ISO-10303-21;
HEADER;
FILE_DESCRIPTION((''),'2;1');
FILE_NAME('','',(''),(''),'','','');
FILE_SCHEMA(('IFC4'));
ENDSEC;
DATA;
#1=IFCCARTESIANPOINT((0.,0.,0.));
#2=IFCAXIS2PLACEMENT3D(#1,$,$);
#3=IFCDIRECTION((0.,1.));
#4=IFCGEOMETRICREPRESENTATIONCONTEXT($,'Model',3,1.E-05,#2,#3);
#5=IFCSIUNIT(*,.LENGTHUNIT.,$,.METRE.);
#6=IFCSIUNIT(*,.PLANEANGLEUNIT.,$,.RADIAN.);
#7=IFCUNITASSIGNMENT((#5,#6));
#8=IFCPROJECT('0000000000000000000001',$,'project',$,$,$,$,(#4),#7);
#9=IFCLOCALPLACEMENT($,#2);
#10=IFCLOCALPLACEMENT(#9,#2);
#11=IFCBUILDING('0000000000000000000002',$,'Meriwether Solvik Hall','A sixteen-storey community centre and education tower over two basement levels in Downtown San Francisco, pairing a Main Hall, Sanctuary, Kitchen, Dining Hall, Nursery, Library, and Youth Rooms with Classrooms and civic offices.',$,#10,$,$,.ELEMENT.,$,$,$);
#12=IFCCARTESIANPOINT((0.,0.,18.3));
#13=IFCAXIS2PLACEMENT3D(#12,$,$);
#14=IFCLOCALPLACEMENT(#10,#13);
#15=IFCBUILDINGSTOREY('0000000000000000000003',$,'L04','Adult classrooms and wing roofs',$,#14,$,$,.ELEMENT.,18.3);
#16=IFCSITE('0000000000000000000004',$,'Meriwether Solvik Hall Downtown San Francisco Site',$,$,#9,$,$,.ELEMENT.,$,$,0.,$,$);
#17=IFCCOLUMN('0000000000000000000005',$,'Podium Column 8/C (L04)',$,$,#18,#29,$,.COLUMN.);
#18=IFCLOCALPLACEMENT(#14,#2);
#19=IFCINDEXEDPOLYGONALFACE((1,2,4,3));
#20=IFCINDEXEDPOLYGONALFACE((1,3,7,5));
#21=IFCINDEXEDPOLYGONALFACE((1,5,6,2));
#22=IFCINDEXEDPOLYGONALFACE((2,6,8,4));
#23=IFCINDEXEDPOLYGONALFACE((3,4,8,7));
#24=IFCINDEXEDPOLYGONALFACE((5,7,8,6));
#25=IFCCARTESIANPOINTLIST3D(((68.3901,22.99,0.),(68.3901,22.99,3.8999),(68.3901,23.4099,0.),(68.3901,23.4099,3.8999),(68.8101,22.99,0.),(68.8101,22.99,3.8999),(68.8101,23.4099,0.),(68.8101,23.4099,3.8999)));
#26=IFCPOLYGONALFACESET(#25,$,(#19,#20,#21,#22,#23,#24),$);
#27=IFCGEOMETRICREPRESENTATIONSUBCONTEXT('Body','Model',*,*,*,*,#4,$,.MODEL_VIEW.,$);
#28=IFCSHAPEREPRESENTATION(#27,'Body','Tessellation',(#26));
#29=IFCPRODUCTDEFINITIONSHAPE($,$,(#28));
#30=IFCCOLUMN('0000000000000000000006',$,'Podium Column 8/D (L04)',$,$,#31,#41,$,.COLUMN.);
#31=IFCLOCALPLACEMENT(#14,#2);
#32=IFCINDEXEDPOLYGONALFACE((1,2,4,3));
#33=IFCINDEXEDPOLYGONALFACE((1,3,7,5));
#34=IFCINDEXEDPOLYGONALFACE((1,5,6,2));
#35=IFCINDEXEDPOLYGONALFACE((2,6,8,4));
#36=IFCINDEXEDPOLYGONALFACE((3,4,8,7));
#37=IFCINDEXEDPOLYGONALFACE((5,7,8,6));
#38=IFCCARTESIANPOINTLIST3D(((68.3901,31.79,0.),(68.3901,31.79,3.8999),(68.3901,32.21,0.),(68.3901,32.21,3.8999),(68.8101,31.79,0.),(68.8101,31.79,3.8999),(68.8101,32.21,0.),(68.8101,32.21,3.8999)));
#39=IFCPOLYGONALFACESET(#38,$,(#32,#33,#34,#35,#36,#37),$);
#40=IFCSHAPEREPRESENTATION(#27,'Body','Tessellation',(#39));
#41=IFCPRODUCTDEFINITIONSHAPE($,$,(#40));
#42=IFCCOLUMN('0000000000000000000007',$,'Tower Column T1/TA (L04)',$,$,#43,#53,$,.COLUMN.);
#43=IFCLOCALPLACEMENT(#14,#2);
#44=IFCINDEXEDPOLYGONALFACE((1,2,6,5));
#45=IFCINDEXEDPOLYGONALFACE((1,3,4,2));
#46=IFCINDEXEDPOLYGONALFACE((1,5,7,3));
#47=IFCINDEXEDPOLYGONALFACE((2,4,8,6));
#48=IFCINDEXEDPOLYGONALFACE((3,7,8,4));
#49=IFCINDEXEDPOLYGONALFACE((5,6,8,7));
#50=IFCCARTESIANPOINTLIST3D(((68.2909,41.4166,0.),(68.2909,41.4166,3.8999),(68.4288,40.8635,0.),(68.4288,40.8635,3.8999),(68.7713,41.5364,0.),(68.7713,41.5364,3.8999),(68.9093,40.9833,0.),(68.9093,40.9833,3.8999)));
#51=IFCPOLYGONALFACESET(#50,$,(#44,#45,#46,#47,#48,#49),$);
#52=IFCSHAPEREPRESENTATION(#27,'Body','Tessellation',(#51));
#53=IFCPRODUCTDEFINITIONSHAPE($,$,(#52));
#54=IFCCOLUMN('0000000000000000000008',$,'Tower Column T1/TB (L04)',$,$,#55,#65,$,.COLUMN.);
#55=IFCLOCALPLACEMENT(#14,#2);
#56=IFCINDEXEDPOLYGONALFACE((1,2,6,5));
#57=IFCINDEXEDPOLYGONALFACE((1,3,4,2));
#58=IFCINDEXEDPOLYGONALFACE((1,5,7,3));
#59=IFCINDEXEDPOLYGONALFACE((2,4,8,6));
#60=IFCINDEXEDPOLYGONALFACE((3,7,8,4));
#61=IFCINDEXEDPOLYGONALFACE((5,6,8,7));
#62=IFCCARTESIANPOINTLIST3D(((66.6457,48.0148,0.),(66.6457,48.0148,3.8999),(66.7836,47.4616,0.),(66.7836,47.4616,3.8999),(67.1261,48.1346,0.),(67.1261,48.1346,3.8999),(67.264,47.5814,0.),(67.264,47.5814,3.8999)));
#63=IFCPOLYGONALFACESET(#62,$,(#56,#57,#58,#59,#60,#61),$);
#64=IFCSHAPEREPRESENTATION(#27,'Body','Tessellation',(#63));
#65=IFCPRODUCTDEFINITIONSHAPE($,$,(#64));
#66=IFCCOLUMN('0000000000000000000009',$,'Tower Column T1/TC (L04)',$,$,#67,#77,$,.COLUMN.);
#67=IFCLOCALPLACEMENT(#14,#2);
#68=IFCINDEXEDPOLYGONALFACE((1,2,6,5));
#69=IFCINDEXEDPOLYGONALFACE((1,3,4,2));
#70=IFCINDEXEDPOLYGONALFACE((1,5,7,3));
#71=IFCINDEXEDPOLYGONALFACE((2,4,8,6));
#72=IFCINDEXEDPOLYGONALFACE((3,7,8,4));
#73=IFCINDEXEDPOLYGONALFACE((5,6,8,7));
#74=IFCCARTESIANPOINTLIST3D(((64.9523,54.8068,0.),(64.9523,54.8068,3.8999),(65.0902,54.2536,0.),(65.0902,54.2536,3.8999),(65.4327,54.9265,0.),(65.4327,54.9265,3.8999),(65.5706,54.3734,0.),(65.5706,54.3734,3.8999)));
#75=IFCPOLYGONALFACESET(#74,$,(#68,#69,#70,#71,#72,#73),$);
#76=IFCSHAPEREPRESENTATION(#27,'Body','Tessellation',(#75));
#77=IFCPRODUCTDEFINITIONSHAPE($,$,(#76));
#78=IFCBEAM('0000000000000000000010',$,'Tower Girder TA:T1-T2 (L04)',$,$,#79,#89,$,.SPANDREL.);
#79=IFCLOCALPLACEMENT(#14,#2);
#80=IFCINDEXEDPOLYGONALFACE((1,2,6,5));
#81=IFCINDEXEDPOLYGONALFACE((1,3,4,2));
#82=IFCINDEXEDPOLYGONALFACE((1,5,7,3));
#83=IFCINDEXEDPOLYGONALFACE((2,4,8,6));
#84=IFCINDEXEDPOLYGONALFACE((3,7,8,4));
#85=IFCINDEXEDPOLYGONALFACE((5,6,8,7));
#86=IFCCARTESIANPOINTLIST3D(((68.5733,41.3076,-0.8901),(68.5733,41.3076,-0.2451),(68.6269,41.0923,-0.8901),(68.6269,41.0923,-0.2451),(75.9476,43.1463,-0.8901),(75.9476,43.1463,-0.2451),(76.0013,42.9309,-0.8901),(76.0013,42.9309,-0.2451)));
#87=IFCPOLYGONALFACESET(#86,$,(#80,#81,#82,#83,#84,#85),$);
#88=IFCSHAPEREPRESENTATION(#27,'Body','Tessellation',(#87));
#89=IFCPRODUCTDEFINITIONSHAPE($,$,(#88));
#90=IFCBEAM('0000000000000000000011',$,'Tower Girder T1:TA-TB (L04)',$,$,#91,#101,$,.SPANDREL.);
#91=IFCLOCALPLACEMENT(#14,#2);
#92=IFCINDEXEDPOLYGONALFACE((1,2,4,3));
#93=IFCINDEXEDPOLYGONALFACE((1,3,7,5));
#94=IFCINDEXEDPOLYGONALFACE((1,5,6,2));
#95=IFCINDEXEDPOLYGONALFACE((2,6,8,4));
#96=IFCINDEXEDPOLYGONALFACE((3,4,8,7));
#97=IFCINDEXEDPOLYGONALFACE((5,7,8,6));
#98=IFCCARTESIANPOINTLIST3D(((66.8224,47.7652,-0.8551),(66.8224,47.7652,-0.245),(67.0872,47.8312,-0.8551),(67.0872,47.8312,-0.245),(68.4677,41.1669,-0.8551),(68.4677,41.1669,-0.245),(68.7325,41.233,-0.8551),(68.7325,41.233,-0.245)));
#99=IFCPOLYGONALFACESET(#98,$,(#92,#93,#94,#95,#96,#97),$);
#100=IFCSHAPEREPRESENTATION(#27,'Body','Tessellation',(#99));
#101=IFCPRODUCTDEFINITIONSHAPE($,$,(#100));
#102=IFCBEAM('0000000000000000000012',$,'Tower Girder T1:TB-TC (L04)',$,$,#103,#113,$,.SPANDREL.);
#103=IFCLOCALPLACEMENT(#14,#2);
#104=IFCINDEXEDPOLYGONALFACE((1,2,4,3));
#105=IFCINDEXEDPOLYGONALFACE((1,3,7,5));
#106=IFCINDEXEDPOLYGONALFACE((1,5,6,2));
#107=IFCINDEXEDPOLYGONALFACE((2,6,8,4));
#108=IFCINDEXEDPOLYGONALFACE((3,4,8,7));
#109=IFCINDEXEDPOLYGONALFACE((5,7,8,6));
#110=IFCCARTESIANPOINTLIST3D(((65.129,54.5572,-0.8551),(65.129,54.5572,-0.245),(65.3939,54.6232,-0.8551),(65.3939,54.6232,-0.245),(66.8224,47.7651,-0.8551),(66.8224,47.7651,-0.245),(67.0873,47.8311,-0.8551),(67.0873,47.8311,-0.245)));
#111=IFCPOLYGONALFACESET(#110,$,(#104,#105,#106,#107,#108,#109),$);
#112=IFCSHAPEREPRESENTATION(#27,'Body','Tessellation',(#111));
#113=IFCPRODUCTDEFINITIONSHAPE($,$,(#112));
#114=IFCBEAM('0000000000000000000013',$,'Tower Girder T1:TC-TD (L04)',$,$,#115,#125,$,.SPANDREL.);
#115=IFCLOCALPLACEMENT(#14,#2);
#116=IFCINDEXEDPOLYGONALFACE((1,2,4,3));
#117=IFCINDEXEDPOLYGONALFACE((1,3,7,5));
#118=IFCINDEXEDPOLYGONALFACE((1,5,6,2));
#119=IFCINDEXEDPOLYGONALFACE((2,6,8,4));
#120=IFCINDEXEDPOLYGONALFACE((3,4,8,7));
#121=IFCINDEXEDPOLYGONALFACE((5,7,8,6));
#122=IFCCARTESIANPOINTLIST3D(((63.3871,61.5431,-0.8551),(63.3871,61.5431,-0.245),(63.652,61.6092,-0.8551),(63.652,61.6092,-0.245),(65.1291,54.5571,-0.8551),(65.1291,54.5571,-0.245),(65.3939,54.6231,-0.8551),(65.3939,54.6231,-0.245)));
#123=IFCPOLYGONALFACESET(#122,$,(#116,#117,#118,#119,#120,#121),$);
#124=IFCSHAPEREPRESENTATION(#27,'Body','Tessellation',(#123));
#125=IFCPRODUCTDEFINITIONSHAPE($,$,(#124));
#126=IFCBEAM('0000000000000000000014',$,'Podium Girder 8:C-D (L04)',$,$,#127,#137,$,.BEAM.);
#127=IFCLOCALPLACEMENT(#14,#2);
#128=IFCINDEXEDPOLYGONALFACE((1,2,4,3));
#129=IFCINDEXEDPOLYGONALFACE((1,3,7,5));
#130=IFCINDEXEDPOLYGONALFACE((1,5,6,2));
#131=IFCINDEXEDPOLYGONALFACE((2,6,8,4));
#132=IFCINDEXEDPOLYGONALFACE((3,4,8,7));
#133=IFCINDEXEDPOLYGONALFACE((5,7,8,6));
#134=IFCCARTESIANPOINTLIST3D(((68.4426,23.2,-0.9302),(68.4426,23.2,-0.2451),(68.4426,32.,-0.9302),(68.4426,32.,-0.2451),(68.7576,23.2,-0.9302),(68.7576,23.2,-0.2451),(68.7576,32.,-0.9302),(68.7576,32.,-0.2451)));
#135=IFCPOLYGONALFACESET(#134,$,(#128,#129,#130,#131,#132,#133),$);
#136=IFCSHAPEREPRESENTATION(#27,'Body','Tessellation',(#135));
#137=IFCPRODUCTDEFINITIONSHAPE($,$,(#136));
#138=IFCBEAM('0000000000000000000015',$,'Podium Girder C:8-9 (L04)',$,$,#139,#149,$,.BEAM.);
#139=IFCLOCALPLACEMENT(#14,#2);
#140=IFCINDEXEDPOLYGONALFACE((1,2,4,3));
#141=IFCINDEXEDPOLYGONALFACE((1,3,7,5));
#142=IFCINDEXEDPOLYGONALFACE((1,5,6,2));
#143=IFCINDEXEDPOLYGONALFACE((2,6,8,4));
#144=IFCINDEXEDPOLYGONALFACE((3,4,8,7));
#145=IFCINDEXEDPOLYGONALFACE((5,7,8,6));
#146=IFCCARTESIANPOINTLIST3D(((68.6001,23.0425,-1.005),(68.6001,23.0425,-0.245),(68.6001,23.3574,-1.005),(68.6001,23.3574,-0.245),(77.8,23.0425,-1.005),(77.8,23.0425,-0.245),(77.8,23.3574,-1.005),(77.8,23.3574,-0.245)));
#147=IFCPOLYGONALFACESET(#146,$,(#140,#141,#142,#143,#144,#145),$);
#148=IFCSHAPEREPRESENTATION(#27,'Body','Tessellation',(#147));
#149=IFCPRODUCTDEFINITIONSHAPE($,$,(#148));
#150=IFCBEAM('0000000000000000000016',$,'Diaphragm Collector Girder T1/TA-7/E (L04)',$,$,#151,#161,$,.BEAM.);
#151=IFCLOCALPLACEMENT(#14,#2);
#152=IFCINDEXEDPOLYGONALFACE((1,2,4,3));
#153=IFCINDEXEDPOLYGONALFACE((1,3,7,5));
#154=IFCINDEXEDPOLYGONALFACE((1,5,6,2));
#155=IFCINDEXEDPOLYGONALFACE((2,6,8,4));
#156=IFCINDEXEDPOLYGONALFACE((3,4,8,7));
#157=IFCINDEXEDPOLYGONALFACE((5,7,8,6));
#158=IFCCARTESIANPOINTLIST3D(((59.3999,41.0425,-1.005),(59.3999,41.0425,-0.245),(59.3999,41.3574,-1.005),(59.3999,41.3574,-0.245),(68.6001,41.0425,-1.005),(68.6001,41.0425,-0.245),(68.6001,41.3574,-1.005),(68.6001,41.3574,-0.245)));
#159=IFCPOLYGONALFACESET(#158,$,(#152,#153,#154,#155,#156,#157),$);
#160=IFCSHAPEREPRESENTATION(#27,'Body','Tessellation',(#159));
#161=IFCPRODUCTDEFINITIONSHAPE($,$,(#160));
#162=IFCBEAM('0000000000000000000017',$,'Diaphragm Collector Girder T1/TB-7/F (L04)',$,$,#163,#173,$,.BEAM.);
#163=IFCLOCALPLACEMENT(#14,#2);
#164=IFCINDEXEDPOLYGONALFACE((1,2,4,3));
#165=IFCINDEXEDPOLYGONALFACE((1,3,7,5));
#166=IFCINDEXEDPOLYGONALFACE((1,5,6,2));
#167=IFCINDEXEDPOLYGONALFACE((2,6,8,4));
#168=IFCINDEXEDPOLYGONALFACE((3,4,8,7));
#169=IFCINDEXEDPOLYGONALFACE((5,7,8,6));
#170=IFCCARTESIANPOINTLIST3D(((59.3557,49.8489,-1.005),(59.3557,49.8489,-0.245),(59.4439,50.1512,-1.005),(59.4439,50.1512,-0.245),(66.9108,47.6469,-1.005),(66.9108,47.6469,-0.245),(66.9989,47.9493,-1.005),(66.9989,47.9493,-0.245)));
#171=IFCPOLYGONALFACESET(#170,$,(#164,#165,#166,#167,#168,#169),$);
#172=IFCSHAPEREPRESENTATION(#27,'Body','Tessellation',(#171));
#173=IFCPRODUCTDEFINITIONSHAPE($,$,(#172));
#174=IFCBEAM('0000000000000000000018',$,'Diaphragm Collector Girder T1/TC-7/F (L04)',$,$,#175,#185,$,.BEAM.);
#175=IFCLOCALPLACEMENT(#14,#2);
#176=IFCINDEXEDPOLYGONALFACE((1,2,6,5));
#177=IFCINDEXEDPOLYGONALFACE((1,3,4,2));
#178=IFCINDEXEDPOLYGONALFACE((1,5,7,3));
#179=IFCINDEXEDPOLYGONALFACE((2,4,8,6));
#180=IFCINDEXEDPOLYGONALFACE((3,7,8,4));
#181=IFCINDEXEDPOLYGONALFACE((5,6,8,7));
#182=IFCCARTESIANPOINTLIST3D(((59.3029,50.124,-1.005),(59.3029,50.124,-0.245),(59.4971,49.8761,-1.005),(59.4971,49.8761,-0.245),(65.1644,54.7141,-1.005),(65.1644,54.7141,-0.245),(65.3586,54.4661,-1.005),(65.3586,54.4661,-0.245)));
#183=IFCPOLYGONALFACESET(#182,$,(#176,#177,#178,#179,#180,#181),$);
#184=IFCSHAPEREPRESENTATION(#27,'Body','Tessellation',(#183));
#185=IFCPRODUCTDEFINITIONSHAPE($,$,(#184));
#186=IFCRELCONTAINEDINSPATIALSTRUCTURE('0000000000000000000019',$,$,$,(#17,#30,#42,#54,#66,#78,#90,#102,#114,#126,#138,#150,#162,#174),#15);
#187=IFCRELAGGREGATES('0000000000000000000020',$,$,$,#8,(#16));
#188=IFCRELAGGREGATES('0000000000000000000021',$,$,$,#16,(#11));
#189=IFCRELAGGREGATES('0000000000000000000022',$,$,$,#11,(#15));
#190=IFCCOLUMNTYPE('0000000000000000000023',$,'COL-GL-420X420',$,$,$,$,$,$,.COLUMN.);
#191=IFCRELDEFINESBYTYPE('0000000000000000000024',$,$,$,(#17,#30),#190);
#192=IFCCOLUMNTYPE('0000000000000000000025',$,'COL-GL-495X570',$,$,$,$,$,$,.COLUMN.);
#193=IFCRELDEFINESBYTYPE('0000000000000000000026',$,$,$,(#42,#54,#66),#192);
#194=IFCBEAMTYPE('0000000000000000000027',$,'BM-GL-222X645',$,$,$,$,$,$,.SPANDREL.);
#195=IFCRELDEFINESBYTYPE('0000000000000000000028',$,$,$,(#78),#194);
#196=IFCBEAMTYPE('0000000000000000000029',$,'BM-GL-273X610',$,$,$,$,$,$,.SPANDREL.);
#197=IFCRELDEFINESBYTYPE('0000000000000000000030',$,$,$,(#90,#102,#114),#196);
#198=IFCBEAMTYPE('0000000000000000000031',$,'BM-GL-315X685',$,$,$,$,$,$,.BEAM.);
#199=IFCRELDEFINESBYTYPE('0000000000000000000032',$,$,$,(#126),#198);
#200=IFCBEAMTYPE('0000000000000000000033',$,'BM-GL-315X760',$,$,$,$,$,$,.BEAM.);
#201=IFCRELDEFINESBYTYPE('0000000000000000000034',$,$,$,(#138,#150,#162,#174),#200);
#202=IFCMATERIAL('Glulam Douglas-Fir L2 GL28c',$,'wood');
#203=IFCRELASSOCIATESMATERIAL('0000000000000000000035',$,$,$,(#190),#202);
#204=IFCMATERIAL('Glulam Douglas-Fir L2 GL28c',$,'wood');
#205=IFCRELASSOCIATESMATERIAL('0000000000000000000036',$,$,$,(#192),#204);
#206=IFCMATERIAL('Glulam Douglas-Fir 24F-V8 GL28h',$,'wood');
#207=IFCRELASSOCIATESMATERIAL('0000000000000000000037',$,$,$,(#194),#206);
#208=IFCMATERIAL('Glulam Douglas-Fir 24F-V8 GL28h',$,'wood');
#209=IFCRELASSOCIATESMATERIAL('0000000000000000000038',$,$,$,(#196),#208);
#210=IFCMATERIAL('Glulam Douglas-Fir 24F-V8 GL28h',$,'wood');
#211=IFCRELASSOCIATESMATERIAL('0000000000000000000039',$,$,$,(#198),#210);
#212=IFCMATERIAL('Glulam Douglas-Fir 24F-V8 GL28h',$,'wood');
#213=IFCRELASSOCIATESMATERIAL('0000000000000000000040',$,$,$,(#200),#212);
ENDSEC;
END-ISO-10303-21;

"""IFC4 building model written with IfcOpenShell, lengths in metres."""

from ifc_helpers import new_model, si_unit, direction, frame, origin, origin_2d, place, context, subcontext, project, spatial, rectangle, extrude, material, material_profile, profile_set, type_object, element, save


model = new_model("IFC4")

# Units and contexts
model_context = context("Model", 3, precision=1e-05, world=origin(), true_north=direction((0.0, 1.0)))
body_context = subcontext(model_context, "Body", "Model", "MODEL_VIEW")
ifc_project = project(units=[si_unit("LENGTHUNIT", "METRE"), si_unit("PLANEANGLEUNIT", "RADIAN")], contexts=[model_context])

# Site, building, storey
site_placement = place(None, origin())
site = spatial("IfcSite", under=ifc_project, at=site_placement, Name="Meriwether Solvik Hall Downtown San Francisco Site", CompositionType="ELEMENT", RefElevation=0.0)
building_placement = place(site_placement, origin())
building = spatial("IfcBuilding", under=site, at=building_placement, Name="Meriwether Solvik Hall", Description="A sixteen-storey community centre and education tower over two basement levels in Downtown San Francisco, pairing a Main Hall, Sanctuary, Kitchen, Dining Hall, Nursery, Library, and Youth Rooms with Classrooms and civic offices.", CompositionType="ELEMENT")
storey_placement = place(building_placement, frame((0.0, 0.0, 18.3)))
storey = spatial("IfcBuildingStorey", under=building, at=storey_placement, Name="L04", Description="Adult classrooms and wing roofs", CompositionType="ELEMENT", Elevation=18.3)

# Columns
ifc_material_1 = material(Name="Glulam Douglas-Fir L2 GL28c", Category="wood")
ifc_material_profile_1 = material_profile(ifc_material_1, rectangle(XDim=0.4199, YDim=0.4199, at=origin_2d()), Name="GLC-420X420")
ifc_profile_set_1 = profile_set([ifc_material_profile_1], Name="Glulam Douglas-Fir L2 GL28c")
column_type_1 = type_object("IfcColumnType", Name="COL-GL-420X420", PredefinedType="COLUMN", material=ifc_profile_set_1)
for number, where, z_axis, x_axis, name in (
    (1, (68.6001, 23.2, 0.0), (0.0, 0.0, 1.0), (1.0, 0.0, 0.0), "Podium Column 8/C (L04)"),
    (2, (68.6001, 32.0, 0.0), (0.0, 0.0, 1.0), (1.0, 0.0, 0.0), "Podium Column 8/D (L04)"),
):
    element("IfcColumn", number, at=place(storey_placement, frame(where, z_axis=z_axis, x_axis=x_axis)), inside=storey, type_object=column_type_1, Name=name, PredefinedType="COLUMN", context=body_context, shape_type="SweptSolid", body=[
        extrude(rectangle(XDim=0.4199, YDim=0.4199, at=origin_2d()), origin(), (0.0, 0.0, 1.0), 3.8999),
    ])
ifc_material_2 = material(Name="Glulam Douglas-Fir L2 GL28c", Category="wood")
ifc_material_profile_2 = material_profile(ifc_material_2, rectangle(XDim=0.4951, YDim=0.5701, at=origin_2d()), Name="GLC-495X570")
ifc_profile_set_2 = profile_set([ifc_material_profile_2], Name="Glulam Douglas-Fir L2 GL28c")
column_type_2 = type_object("IfcColumnType", Name="COL-GL-495X570", PredefinedType="COLUMN", material=ifc_profile_set_2)
for number, where, z_axis, x_axis, name in (
    (3, (68.6001, 41.2, 0.0), (0.0, 0.0, 1.0), (0.970296, 0.241922, 0.0), "Tower Column T1/TA (L04)"),
    (4, (66.9548, 47.7981, 0.0), (0.0, 0.0, 1.0), (0.970296, 0.241922, 0.0), "Tower Column T1/TB (L04)"),
    (5, (65.2615, 54.5901, 0.0), (0.0, 0.0, 1.0), (0.970296, 0.241922, 0.0), "Tower Column T1/TC (L04)"),
):
    element("IfcColumn", number, at=place(storey_placement, frame(where, z_axis=z_axis, x_axis=x_axis)), inside=storey, type_object=column_type_2, Name=name, PredefinedType="COLUMN", context=body_context, shape_type="SweptSolid", body=[
        extrude(rectangle(XDim=0.4951, YDim=0.5701, at=origin_2d()), origin(), (0.0, 0.0, 1.0), 3.8999),
    ])

# Beams
ifc_material_3 = material(Name="Glulam Douglas-Fir 24F-V8 GL28h", Category="wood")
ifc_material_profile_3 = material_profile(ifc_material_3, rectangle(XDim=0.2219, YDim=0.645, at=origin_2d()), Name="GLB-222X645")
ifc_profile_set_3 = profile_set([ifc_material_profile_3], Name="Glulam Douglas-Fir 24F-V8 GL28h")
beam_type_1 = type_object("IfcBeamType", Name="BM-GL-222X645", PredefinedType="SPANDREL", material=ifc_profile_set_3)
beam_1_placement = place(storey_placement, frame((68.6001, 41.2, -0.5676), z_axis=(0.970295, 0.241923, 0.0), x_axis=(-0.241923, 0.970295, 0.0)))
element("IfcBeam", 6, at=beam_1_placement, inside=storey, type_object=beam_type_1, Name="Tower Girder TA:T1-T2 (L04)", PredefinedType="SPANDREL", context=body_context, shape_type="SweptSolid", body=[
    extrude(rectangle(XDim=0.2219, YDim=0.645, at=origin_2d()), origin(), (0.0, 0.0, 1.0), 7.6001),
])
ifc_material_4 = material(Name="Glulam Douglas-Fir 24F-V8 GL28h", Category="wood")
ifc_material_profile_4 = material_profile(ifc_material_4, rectangle(XDim=0.2729, YDim=0.6101, at=origin_2d()), Name="GLB-273X610")
ifc_profile_set_4 = profile_set([ifc_material_profile_4], Name="Glulam Douglas-Fir 24F-V8 GL28h")
beam_type_2 = type_object("IfcBeamType", Name="BM-GL-273X610", PredefinedType="SPANDREL", material=ifc_profile_set_4)
beam_2_placement = place(storey_placement, frame((68.6001, 41.2, -0.55), z_axis=(-0.241944, 0.97029, 0.0), x_axis=(-0.97029, -0.241944, 0.0)))
element("IfcBeam", 7, at=beam_2_placement, inside=storey, type_object=beam_type_2, Name="Tower Girder T1:TA-TB (L04)", PredefinedType="SPANDREL", context=body_context, shape_type="SweptSolid", body=[
    extrude(rectangle(XDim=0.2729, YDim=0.6101, at=origin_2d()), origin(), (0.0, 0.0, 1.0), 6.8003),
])
beam_3_placement = place(storey_placement, frame((66.9548, 47.7981, -0.55), z_axis=(-0.241912, 0.970298, 0.0), x_axis=(-0.970298, -0.241912, 0.0)))
element("IfcBeam", 8, at=beam_3_placement, inside=storey, type_object=beam_type_2, Name="Tower Girder T1:TB-TC (L04)", PredefinedType="SPANDREL", context=body_context, shape_type="SweptSolid", body=[
    extrude(rectangle(XDim=0.2729, YDim=0.6101, at=origin_2d()), origin(), (0.0, 0.0, 1.0), 7.0),
])
beam_4_placement = place(storey_placement, frame((65.2615, 54.5901, -0.55), z_axis=(-0.241937, 0.970292, 0.0), x_axis=(-0.970292, -0.241937, 0.0)))
element("IfcBeam", 9, at=beam_4_placement, inside=storey, type_object=beam_type_2, Name="Tower Girder T1:TC-TD (L04)", PredefinedType="SPANDREL", context=body_context, shape_type="SweptSolid", body=[
    extrude(rectangle(XDim=0.2729, YDim=0.6101, at=origin_2d()), origin(), (0.0, 0.0, 1.0), 7.2),
])
ifc_material_5 = material(Name="Glulam Douglas-Fir 24F-V8 GL28h", Category="wood")
ifc_material_profile_5 = material_profile(ifc_material_5, rectangle(XDim=0.3149, YDim=0.6851, at=origin_2d()), Name="GLB-315X685")
ifc_profile_set_5 = profile_set([ifc_material_profile_5], Name="Glulam Douglas-Fir 24F-V8 GL28h")
beam_type_3 = type_object("IfcBeamType", Name="BM-GL-315X685", PredefinedType="BEAM", material=ifc_profile_set_5)
beam_5_placement = place(storey_placement, frame((68.6001, 23.2, -0.5876), z_axis=(0.0, 1.0, 0.0), x_axis=(-1.0, 0.0, 0.0)))
element("IfcBeam", 10, at=beam_5_placement, inside=storey, type_object=beam_type_3, Name="Podium Girder 8:C-D (L04)", PredefinedType="BEAM", context=body_context, shape_type="SweptSolid", body=[
    extrude(rectangle(XDim=0.3149, YDim=0.6851, at=origin_2d()), origin(), (0.0, 0.0, 1.0), 8.8),
])
ifc_material_6 = material(Name="Glulam Douglas-Fir 24F-V8 GL28h", Category="wood")
ifc_material_profile_6 = material_profile(ifc_material_6, rectangle(XDim=0.3149, YDim=0.76, at=origin_2d()), Name="GLB-315X760")
ifc_profile_set_6 = profile_set([ifc_material_profile_6], Name="Glulam Douglas-Fir 24F-V8 GL28h")
beam_type_4 = type_object("IfcBeamType", Name="BM-GL-315X760", PredefinedType="BEAM", material=ifc_profile_set_6)
beam_6_placement = place(storey_placement, frame((68.6001, 23.2, -0.625), z_axis=(1.0, 0.0, 0.0), x_axis=(0.0, 1.0, 0.0)))
element("IfcBeam", 11, at=beam_6_placement, inside=storey, type_object=beam_type_4, Name="Podium Girder C:8-9 (L04)", PredefinedType="BEAM", context=body_context, shape_type="SweptSolid", body=[
    extrude(rectangle(XDim=0.3149, YDim=0.76, at=origin_2d()), origin(), (0.0, 0.0, 1.0), 9.2),
])
beam_7_placement = place(storey_placement, frame((68.6001, 41.2, -0.625), z_axis=(-1.0, 0.0, 0.0), x_axis=(0.0, -1.0, 0.0)))
element("IfcBeam", 12, at=beam_7_placement, inside=storey, type_object=beam_type_4, Name="Diaphragm Collector Girder T1/TA-7/E (L04)", PredefinedType="BEAM", context=body_context, shape_type="SweptSolid", body=[
    extrude(rectangle(XDim=0.3149, YDim=0.76, at=origin_2d()), origin(), (0.0, 0.0, 1.0), 9.2002),
])
beam_8_placement = place(storey_placement, frame((66.9548, 47.7981, -0.625), z_axis=(-0.960055, 0.279811, 0.0), x_axis=(-0.279811, -0.960055, 0.0)))
element("IfcBeam", 13, at=beam_8_placement, inside=storey, type_object=beam_type_4, Name="Diaphragm Collector Girder T1/TB-7/F (L04)", PredefinedType="BEAM", context=body_context, shape_type="SweptSolid", body=[
    extrude(rectangle(XDim=0.3149, YDim=0.76, at=origin_2d()), origin(), (0.0, 0.0, 1.0), 7.8694),
])
beam_9_placement = place(storey_placement, frame((65.2615, 54.5901, -0.625), z_axis=(-0.787324, -0.616539, 0.0), x_axis=(0.616539, -0.787324, 0.0)))
element("IfcBeam", 14, at=beam_9_placement, inside=storey, type_object=beam_type_4, Name="Diaphragm Collector Girder T1/TC-7/F (L04)", PredefinedType="BEAM", context=body_context, shape_type="SweptSolid", body=[
    extrude(rectangle(XDim=0.3149, YDim=0.76, at=origin_2d()), origin(), (0.0, 0.0, 1.0), 7.4448),
])

save(model, "model.ifc")
